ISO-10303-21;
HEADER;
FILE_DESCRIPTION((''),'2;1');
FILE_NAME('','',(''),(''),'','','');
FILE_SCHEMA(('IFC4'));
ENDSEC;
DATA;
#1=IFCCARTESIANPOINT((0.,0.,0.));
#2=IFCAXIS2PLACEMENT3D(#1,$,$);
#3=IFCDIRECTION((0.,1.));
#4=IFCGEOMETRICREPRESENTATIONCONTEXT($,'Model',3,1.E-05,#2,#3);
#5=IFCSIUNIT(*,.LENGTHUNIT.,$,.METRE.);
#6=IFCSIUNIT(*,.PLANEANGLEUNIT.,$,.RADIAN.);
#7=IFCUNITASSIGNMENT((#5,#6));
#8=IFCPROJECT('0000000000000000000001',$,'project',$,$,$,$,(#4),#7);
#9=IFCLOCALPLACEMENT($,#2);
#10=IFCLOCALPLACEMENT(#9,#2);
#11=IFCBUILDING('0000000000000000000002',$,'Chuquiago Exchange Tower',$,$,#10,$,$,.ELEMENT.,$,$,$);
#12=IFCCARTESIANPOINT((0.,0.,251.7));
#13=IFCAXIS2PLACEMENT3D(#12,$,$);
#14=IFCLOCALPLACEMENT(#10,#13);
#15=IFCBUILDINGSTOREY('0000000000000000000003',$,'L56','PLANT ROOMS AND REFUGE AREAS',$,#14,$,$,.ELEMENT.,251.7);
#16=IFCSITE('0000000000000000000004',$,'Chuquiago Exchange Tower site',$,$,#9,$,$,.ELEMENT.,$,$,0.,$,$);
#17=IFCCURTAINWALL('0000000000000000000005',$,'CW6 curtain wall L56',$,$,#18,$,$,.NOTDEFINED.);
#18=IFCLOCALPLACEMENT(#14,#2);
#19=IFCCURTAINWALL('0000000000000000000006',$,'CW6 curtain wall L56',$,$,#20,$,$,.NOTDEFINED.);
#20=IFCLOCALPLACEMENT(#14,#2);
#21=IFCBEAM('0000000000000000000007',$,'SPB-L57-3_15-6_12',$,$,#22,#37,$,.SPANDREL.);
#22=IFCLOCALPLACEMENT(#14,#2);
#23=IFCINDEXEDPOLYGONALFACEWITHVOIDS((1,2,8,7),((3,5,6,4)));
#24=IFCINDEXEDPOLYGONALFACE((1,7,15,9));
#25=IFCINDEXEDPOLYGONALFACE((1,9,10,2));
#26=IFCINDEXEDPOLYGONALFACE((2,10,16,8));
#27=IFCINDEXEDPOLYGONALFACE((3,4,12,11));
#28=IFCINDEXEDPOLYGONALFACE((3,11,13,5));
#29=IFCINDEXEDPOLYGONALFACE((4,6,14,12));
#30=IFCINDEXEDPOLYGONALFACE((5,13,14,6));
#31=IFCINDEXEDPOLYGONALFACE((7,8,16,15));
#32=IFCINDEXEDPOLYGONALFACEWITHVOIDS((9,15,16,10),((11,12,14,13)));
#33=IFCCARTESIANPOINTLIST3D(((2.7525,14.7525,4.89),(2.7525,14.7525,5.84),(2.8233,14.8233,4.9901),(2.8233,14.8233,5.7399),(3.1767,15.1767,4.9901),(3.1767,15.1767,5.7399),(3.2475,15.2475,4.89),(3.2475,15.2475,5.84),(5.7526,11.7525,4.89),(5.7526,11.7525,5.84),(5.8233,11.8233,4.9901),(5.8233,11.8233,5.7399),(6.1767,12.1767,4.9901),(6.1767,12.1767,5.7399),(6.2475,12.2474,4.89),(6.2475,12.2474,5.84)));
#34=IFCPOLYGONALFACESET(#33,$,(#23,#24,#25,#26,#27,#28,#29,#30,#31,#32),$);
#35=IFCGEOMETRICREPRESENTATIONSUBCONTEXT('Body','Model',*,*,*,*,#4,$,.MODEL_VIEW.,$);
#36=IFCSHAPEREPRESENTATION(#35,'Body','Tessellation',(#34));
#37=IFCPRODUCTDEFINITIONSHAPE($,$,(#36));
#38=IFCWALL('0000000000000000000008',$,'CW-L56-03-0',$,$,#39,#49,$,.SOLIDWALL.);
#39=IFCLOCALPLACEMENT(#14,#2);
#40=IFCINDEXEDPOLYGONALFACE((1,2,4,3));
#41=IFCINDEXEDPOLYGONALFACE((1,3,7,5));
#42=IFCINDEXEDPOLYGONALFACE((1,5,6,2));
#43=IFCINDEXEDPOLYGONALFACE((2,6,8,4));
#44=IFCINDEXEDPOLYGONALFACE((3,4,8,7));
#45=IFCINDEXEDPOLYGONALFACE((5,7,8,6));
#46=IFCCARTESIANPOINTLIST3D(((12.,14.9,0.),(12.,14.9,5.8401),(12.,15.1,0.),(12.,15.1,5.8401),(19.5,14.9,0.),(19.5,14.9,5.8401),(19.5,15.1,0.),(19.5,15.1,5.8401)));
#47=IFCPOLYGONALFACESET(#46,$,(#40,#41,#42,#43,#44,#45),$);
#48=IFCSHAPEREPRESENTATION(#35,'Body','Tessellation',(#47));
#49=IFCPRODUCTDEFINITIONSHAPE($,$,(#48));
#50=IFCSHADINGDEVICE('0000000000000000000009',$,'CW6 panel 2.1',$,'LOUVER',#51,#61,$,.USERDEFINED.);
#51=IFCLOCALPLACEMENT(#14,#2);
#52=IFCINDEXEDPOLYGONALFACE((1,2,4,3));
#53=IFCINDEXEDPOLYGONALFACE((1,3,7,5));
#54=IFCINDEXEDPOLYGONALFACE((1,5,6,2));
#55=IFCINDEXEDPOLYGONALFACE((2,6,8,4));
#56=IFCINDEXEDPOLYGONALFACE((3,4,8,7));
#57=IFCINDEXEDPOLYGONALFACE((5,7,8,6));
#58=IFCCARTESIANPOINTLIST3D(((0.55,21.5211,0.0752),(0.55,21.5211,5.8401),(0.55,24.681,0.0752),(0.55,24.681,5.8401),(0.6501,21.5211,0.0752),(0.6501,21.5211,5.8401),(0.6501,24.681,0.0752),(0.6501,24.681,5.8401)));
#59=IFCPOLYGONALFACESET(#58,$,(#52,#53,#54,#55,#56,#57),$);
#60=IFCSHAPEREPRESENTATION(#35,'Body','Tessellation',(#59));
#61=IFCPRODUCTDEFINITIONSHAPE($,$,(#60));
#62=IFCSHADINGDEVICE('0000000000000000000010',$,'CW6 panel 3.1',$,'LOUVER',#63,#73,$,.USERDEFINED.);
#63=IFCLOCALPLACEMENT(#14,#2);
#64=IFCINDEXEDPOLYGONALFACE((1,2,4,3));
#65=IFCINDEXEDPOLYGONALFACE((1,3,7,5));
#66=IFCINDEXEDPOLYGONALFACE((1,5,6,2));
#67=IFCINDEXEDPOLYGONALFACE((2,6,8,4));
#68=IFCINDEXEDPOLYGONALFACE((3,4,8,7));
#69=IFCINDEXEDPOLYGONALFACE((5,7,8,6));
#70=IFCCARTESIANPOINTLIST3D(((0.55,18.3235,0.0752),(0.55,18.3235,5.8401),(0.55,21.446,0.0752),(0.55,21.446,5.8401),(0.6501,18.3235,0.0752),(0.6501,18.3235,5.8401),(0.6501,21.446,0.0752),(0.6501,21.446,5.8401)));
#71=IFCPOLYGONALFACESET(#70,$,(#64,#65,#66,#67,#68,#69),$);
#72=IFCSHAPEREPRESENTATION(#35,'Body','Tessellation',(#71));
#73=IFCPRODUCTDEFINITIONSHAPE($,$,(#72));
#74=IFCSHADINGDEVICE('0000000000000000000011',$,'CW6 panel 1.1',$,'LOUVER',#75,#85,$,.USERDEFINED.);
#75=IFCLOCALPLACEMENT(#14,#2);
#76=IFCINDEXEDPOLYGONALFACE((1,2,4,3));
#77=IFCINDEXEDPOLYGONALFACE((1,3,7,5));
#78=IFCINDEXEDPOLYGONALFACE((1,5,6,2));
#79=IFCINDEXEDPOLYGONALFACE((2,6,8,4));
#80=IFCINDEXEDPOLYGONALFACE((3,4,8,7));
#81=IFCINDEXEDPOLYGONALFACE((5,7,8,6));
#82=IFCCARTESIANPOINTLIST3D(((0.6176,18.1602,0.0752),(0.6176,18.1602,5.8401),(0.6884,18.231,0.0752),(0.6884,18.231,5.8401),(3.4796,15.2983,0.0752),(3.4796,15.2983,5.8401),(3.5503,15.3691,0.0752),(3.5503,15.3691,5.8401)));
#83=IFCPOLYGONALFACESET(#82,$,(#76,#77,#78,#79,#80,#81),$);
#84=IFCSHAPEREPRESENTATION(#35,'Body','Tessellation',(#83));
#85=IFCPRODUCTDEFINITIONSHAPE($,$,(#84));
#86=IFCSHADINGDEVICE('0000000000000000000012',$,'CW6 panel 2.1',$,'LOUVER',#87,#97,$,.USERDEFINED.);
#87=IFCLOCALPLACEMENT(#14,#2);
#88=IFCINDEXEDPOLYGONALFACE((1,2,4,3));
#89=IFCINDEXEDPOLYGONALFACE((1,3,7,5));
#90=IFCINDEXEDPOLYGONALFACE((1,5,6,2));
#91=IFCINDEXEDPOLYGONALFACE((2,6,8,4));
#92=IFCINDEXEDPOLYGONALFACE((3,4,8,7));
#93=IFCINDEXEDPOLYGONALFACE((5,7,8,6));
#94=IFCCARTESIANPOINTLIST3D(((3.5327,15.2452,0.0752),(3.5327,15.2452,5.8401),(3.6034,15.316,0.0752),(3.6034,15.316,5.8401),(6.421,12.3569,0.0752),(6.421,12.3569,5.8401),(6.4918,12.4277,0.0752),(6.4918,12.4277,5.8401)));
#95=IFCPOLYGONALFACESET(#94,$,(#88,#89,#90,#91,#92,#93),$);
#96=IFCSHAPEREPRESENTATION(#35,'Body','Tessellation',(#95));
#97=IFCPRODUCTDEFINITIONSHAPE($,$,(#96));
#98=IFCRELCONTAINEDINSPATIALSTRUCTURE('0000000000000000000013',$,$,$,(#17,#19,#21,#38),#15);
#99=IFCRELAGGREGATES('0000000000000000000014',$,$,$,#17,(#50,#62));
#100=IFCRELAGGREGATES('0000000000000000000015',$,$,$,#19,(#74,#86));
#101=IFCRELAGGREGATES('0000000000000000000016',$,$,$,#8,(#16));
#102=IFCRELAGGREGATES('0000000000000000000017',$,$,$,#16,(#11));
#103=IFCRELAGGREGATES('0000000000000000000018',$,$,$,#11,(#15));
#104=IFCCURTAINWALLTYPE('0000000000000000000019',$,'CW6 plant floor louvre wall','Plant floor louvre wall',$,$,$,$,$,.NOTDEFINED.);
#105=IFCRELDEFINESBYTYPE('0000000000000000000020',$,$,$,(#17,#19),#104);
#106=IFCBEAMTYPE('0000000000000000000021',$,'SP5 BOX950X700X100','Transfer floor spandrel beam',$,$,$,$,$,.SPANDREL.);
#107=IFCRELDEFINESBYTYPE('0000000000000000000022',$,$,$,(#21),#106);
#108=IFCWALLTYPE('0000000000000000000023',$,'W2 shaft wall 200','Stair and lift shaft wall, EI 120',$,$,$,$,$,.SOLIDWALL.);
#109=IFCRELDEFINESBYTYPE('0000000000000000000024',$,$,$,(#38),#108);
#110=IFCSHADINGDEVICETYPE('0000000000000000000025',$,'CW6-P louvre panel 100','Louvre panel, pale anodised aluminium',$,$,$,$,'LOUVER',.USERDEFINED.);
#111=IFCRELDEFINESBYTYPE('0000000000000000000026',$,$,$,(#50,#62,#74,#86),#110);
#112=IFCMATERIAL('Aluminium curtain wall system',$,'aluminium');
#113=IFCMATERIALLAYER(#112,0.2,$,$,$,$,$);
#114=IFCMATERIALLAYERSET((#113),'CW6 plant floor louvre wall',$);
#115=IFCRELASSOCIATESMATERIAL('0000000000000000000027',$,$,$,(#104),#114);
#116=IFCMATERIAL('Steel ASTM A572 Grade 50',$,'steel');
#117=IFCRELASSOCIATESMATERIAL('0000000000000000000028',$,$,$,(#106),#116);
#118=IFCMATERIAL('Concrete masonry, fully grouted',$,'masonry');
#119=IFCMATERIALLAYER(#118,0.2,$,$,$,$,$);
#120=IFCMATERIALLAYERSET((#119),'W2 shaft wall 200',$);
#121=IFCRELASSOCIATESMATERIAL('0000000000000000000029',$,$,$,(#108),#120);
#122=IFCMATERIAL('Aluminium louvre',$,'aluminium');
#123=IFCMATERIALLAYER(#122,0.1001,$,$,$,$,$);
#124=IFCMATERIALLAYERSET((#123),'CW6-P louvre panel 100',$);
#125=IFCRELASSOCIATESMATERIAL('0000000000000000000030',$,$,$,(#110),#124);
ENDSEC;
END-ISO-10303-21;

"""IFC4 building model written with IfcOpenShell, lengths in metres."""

from ifc_helpers import new_model, si_unit, direction, frame, frame_2d, origin, origin_2d, place, context, subcontext, project, spatial, rectangle, hollow_rectangle, extrude, material, layer, layer_set, material_profile, profile_set, type_object, element, aggregate, save


model = new_model("IFC4")

# Units and contexts
model_context = context("Model", 3, precision=1e-05, world=origin(), true_north=direction((0.0, 1.0)))
body_context = subcontext(model_context, "Body", "Model", "MODEL_VIEW")
ifc_project = project(units=[si_unit("LENGTHUNIT", "METRE"), si_unit("PLANEANGLEUNIT", "RADIAN")], contexts=[model_context])

# Site, building, storey
site_placement = place(None, origin())
site = spatial("IfcSite", under=ifc_project, at=site_placement, Name="Chuquiago Exchange Tower site", CompositionType="ELEMENT", RefElevation=0.0)
building_placement = place(site_placement, origin())
building = spatial("IfcBuilding", under=site, at=building_placement, Name="Chuquiago Exchange Tower", CompositionType="ELEMENT")
storey_placement = place(building_placement, frame((0.0, 0.0, 251.7)))
storey = spatial("IfcBuildingStorey", under=building, at=storey_placement, Name="L56", Description="PLANT ROOMS AND REFUGE AREAS", CompositionType="ELEMENT", Elevation=251.7)

# Curtain wall
ifc_material_1 = material(Name="Aluminium curtain wall system", Category="aluminium")
ifc_layer_1 = layer(ifc_material_1, 0.2)
ifc_layer_set_1 = layer_set([ifc_layer_1], Name="CW6 plant floor louvre wall")
curtain_wall_type = type_object("IfcCurtainWallType", Name="CW6 plant floor louvre wall", Description="Plant floor louvre wall", PredefinedType="NOTDEFINED", material=ifc_layer_set_1)
curtain_wall_1_placement = place(storey_placement, origin())
curtain_wall_1 = element("IfcCurtainWall", 1, at=curtain_wall_1_placement, inside=storey, type_object=curtain_wall_type, Name="CW6 curtain wall L56", PredefinedType="NOTDEFINED")

# Curtain wall
curtain_wall_2_placement = place(storey_placement, origin())
curtain_wall_2 = element("IfcCurtainWall", 2, at=curtain_wall_2_placement, inside=storey, type_object=curtain_wall_type, Name="CW6 curtain wall L56", PredefinedType="NOTDEFINED")

# Beam
ifc_material_2 = material(Name="Steel ASTM A572 Grade 50", Category="steel")
ifc_material_profile_1 = material_profile(ifc_material_2, hollow_rectangle(XDim=0.7, YDim=0.95, WallThickness=0.1001, at=origin_2d()), Name="BOX950X700X100")
ifc_profile_set_1 = profile_set([ifc_material_profile_1], Name="Steel ASTM A572 Grade 50")
beam_type_1 = type_object("IfcBeamType", Name="SP5 BOX950X700X100", Description="Transfer floor spandrel beam", PredefinedType="SPANDREL", material=ifc_profile_set_1)
beam_1_placement = place(storey_placement, frame((3.0, 15.0, 5.365), z_axis=(0.707107, -0.707107, 0.0), x_axis=(0.707107, 0.707107, 0.0)))
element("IfcBeam", 3, at=beam_1_placement, inside=storey, type_object=beam_type_1, Name="SPB-L57-3_15-6_12", PredefinedType="SPANDREL", context=body_context, shape_type="SweptSolid", body=[
    extrude(hollow_rectangle(XDim=0.7, YDim=0.95, WallThickness=0.1001, at=origin_2d()), origin(), (0.0, 0.0, 1.0), 4.2427),
])

# Wall
ifc_material_3 = material(Name="Concrete masonry, fully grouted", Category="masonry")
ifc_layer_2 = layer(ifc_material_3, 0.2)
ifc_layer_set_2 = layer_set([ifc_layer_2], Name="W2 shaft wall 200")
wall_type = type_object("IfcWallType", Name="W2 shaft wall 200", Description="Stair and lift shaft wall, EI 120", PredefinedType="SOLIDWALL", material=ifc_layer_set_2)
wall_placement = place(storey_placement, frame((12.0, 15.0, 0.0), z_axis=(0.0, 0.0, 1.0), x_axis=(1.0, 0.0, 0.0)))
element("IfcWall", 4, at=wall_placement, inside=storey, type_object=wall_type, Name="CW-L56-03-0", PredefinedType="SOLIDWALL", context=body_context, shape_type="SweptSolid", body=[
    extrude(rectangle(XDim=7.5, YDim=0.2, at=frame_2d((3.75, 0.0))), origin(), (0.0, 0.0, 1.0), 5.8401),
])

# Shading devices
ifc_material_4 = material(Name="Aluminium louvre", Category="aluminium")
ifc_layer_3 = layer(ifc_material_4, 0.1001)
ifc_layer_set_3 = layer_set([ifc_layer_3], Name="CW6-P louvre panel 100")
shading_device_type = type_object("IfcShadingDeviceType", Name="CW6-P louvre panel 100", Description="Louvre panel, pale anodised aluminium", ElementType="LOUVER", PredefinedType="USERDEFINED", material=ifc_layer_set_3)
shading_device_1_placement = place(storey_placement, frame((0.6001, 23.1011, 0.0752), z_axis=(0.0, 0.0, 1.0), x_axis=(0.0, -1.0, 0.0)))
shading_device_1 = element("IfcShadingDevice", 5, at=shading_device_1_placement, type_object=shading_device_type, Name="CW6 panel 2.1", ObjectType="LOUVER", PredefinedType="USERDEFINED", context=body_context, shape_type="SweptSolid", body=[
    extrude(rectangle(XDim=3.1599, YDim=0.1001, at=origin_2d()), origin(), (0.0, 0.0, 1.0), 5.7649),
])
shading_device_2_placement = place(storey_placement, frame((0.6001, 19.8848, 0.0752), z_axis=(0.0, 0.0, 1.0), x_axis=(0.0, -1.0, 0.0)))
shading_device_2 = element("IfcShadingDevice", 6, at=shading_device_2_placement, type_object=shading_device_type, Name="CW6 panel 3.1", ObjectType="LOUVER", PredefinedType="USERDEFINED", context=body_context, shape_type="SweptSolid", body=[
    extrude(rectangle(XDim=3.1226, YDim=0.1001, at=origin_2d()), origin(), (0.0, 0.0, 1.0), 5.7649),
])
aggregate(curtain_wall_1, [shading_device_1, shading_device_2])
shading_device_3_placement = place(storey_placement, frame((2.084, 16.7646, 0.0752), z_axis=(0.0, 0.0, 1.0), x_axis=(0.707107, -0.707107, 0.0)))
shading_device_3 = element("IfcShadingDevice", 7, at=shading_device_3_placement, type_object=shading_device_type, Name="CW6 panel 1.1", ObjectType="LOUVER", PredefinedType="USERDEFINED", context=body_context, shape_type="SweptSolid", body=[
    extrude(rectangle(XDim=4.0474, YDim=0.1001, at=origin_2d()), origin(), (0.0, 0.0, 1.0), 5.7649),
])
shading_device_4_placement = place(storey_placement, frame((5.0122, 13.8364, 0.0752), z_axis=(0.0, 0.0, 1.0), x_axis=(0.707107, -0.707107, 0.0)))
shading_device_4 = element("IfcShadingDevice", 8, at=shading_device_4_placement, type_object=shading_device_type, Name="CW6 panel 2.1", ObjectType="LOUVER", PredefinedType="USERDEFINED", context=body_context, shape_type="SweptSolid", body=[
    extrude(rectangle(XDim=4.0847, YDim=0.1001, at=origin_2d()), origin(), (0.0, 0.0, 1.0), 5.7649),
])
aggregate(curtain_wall_2, [shading_device_3, shading_device_4])

save(model, "model.ifc")
